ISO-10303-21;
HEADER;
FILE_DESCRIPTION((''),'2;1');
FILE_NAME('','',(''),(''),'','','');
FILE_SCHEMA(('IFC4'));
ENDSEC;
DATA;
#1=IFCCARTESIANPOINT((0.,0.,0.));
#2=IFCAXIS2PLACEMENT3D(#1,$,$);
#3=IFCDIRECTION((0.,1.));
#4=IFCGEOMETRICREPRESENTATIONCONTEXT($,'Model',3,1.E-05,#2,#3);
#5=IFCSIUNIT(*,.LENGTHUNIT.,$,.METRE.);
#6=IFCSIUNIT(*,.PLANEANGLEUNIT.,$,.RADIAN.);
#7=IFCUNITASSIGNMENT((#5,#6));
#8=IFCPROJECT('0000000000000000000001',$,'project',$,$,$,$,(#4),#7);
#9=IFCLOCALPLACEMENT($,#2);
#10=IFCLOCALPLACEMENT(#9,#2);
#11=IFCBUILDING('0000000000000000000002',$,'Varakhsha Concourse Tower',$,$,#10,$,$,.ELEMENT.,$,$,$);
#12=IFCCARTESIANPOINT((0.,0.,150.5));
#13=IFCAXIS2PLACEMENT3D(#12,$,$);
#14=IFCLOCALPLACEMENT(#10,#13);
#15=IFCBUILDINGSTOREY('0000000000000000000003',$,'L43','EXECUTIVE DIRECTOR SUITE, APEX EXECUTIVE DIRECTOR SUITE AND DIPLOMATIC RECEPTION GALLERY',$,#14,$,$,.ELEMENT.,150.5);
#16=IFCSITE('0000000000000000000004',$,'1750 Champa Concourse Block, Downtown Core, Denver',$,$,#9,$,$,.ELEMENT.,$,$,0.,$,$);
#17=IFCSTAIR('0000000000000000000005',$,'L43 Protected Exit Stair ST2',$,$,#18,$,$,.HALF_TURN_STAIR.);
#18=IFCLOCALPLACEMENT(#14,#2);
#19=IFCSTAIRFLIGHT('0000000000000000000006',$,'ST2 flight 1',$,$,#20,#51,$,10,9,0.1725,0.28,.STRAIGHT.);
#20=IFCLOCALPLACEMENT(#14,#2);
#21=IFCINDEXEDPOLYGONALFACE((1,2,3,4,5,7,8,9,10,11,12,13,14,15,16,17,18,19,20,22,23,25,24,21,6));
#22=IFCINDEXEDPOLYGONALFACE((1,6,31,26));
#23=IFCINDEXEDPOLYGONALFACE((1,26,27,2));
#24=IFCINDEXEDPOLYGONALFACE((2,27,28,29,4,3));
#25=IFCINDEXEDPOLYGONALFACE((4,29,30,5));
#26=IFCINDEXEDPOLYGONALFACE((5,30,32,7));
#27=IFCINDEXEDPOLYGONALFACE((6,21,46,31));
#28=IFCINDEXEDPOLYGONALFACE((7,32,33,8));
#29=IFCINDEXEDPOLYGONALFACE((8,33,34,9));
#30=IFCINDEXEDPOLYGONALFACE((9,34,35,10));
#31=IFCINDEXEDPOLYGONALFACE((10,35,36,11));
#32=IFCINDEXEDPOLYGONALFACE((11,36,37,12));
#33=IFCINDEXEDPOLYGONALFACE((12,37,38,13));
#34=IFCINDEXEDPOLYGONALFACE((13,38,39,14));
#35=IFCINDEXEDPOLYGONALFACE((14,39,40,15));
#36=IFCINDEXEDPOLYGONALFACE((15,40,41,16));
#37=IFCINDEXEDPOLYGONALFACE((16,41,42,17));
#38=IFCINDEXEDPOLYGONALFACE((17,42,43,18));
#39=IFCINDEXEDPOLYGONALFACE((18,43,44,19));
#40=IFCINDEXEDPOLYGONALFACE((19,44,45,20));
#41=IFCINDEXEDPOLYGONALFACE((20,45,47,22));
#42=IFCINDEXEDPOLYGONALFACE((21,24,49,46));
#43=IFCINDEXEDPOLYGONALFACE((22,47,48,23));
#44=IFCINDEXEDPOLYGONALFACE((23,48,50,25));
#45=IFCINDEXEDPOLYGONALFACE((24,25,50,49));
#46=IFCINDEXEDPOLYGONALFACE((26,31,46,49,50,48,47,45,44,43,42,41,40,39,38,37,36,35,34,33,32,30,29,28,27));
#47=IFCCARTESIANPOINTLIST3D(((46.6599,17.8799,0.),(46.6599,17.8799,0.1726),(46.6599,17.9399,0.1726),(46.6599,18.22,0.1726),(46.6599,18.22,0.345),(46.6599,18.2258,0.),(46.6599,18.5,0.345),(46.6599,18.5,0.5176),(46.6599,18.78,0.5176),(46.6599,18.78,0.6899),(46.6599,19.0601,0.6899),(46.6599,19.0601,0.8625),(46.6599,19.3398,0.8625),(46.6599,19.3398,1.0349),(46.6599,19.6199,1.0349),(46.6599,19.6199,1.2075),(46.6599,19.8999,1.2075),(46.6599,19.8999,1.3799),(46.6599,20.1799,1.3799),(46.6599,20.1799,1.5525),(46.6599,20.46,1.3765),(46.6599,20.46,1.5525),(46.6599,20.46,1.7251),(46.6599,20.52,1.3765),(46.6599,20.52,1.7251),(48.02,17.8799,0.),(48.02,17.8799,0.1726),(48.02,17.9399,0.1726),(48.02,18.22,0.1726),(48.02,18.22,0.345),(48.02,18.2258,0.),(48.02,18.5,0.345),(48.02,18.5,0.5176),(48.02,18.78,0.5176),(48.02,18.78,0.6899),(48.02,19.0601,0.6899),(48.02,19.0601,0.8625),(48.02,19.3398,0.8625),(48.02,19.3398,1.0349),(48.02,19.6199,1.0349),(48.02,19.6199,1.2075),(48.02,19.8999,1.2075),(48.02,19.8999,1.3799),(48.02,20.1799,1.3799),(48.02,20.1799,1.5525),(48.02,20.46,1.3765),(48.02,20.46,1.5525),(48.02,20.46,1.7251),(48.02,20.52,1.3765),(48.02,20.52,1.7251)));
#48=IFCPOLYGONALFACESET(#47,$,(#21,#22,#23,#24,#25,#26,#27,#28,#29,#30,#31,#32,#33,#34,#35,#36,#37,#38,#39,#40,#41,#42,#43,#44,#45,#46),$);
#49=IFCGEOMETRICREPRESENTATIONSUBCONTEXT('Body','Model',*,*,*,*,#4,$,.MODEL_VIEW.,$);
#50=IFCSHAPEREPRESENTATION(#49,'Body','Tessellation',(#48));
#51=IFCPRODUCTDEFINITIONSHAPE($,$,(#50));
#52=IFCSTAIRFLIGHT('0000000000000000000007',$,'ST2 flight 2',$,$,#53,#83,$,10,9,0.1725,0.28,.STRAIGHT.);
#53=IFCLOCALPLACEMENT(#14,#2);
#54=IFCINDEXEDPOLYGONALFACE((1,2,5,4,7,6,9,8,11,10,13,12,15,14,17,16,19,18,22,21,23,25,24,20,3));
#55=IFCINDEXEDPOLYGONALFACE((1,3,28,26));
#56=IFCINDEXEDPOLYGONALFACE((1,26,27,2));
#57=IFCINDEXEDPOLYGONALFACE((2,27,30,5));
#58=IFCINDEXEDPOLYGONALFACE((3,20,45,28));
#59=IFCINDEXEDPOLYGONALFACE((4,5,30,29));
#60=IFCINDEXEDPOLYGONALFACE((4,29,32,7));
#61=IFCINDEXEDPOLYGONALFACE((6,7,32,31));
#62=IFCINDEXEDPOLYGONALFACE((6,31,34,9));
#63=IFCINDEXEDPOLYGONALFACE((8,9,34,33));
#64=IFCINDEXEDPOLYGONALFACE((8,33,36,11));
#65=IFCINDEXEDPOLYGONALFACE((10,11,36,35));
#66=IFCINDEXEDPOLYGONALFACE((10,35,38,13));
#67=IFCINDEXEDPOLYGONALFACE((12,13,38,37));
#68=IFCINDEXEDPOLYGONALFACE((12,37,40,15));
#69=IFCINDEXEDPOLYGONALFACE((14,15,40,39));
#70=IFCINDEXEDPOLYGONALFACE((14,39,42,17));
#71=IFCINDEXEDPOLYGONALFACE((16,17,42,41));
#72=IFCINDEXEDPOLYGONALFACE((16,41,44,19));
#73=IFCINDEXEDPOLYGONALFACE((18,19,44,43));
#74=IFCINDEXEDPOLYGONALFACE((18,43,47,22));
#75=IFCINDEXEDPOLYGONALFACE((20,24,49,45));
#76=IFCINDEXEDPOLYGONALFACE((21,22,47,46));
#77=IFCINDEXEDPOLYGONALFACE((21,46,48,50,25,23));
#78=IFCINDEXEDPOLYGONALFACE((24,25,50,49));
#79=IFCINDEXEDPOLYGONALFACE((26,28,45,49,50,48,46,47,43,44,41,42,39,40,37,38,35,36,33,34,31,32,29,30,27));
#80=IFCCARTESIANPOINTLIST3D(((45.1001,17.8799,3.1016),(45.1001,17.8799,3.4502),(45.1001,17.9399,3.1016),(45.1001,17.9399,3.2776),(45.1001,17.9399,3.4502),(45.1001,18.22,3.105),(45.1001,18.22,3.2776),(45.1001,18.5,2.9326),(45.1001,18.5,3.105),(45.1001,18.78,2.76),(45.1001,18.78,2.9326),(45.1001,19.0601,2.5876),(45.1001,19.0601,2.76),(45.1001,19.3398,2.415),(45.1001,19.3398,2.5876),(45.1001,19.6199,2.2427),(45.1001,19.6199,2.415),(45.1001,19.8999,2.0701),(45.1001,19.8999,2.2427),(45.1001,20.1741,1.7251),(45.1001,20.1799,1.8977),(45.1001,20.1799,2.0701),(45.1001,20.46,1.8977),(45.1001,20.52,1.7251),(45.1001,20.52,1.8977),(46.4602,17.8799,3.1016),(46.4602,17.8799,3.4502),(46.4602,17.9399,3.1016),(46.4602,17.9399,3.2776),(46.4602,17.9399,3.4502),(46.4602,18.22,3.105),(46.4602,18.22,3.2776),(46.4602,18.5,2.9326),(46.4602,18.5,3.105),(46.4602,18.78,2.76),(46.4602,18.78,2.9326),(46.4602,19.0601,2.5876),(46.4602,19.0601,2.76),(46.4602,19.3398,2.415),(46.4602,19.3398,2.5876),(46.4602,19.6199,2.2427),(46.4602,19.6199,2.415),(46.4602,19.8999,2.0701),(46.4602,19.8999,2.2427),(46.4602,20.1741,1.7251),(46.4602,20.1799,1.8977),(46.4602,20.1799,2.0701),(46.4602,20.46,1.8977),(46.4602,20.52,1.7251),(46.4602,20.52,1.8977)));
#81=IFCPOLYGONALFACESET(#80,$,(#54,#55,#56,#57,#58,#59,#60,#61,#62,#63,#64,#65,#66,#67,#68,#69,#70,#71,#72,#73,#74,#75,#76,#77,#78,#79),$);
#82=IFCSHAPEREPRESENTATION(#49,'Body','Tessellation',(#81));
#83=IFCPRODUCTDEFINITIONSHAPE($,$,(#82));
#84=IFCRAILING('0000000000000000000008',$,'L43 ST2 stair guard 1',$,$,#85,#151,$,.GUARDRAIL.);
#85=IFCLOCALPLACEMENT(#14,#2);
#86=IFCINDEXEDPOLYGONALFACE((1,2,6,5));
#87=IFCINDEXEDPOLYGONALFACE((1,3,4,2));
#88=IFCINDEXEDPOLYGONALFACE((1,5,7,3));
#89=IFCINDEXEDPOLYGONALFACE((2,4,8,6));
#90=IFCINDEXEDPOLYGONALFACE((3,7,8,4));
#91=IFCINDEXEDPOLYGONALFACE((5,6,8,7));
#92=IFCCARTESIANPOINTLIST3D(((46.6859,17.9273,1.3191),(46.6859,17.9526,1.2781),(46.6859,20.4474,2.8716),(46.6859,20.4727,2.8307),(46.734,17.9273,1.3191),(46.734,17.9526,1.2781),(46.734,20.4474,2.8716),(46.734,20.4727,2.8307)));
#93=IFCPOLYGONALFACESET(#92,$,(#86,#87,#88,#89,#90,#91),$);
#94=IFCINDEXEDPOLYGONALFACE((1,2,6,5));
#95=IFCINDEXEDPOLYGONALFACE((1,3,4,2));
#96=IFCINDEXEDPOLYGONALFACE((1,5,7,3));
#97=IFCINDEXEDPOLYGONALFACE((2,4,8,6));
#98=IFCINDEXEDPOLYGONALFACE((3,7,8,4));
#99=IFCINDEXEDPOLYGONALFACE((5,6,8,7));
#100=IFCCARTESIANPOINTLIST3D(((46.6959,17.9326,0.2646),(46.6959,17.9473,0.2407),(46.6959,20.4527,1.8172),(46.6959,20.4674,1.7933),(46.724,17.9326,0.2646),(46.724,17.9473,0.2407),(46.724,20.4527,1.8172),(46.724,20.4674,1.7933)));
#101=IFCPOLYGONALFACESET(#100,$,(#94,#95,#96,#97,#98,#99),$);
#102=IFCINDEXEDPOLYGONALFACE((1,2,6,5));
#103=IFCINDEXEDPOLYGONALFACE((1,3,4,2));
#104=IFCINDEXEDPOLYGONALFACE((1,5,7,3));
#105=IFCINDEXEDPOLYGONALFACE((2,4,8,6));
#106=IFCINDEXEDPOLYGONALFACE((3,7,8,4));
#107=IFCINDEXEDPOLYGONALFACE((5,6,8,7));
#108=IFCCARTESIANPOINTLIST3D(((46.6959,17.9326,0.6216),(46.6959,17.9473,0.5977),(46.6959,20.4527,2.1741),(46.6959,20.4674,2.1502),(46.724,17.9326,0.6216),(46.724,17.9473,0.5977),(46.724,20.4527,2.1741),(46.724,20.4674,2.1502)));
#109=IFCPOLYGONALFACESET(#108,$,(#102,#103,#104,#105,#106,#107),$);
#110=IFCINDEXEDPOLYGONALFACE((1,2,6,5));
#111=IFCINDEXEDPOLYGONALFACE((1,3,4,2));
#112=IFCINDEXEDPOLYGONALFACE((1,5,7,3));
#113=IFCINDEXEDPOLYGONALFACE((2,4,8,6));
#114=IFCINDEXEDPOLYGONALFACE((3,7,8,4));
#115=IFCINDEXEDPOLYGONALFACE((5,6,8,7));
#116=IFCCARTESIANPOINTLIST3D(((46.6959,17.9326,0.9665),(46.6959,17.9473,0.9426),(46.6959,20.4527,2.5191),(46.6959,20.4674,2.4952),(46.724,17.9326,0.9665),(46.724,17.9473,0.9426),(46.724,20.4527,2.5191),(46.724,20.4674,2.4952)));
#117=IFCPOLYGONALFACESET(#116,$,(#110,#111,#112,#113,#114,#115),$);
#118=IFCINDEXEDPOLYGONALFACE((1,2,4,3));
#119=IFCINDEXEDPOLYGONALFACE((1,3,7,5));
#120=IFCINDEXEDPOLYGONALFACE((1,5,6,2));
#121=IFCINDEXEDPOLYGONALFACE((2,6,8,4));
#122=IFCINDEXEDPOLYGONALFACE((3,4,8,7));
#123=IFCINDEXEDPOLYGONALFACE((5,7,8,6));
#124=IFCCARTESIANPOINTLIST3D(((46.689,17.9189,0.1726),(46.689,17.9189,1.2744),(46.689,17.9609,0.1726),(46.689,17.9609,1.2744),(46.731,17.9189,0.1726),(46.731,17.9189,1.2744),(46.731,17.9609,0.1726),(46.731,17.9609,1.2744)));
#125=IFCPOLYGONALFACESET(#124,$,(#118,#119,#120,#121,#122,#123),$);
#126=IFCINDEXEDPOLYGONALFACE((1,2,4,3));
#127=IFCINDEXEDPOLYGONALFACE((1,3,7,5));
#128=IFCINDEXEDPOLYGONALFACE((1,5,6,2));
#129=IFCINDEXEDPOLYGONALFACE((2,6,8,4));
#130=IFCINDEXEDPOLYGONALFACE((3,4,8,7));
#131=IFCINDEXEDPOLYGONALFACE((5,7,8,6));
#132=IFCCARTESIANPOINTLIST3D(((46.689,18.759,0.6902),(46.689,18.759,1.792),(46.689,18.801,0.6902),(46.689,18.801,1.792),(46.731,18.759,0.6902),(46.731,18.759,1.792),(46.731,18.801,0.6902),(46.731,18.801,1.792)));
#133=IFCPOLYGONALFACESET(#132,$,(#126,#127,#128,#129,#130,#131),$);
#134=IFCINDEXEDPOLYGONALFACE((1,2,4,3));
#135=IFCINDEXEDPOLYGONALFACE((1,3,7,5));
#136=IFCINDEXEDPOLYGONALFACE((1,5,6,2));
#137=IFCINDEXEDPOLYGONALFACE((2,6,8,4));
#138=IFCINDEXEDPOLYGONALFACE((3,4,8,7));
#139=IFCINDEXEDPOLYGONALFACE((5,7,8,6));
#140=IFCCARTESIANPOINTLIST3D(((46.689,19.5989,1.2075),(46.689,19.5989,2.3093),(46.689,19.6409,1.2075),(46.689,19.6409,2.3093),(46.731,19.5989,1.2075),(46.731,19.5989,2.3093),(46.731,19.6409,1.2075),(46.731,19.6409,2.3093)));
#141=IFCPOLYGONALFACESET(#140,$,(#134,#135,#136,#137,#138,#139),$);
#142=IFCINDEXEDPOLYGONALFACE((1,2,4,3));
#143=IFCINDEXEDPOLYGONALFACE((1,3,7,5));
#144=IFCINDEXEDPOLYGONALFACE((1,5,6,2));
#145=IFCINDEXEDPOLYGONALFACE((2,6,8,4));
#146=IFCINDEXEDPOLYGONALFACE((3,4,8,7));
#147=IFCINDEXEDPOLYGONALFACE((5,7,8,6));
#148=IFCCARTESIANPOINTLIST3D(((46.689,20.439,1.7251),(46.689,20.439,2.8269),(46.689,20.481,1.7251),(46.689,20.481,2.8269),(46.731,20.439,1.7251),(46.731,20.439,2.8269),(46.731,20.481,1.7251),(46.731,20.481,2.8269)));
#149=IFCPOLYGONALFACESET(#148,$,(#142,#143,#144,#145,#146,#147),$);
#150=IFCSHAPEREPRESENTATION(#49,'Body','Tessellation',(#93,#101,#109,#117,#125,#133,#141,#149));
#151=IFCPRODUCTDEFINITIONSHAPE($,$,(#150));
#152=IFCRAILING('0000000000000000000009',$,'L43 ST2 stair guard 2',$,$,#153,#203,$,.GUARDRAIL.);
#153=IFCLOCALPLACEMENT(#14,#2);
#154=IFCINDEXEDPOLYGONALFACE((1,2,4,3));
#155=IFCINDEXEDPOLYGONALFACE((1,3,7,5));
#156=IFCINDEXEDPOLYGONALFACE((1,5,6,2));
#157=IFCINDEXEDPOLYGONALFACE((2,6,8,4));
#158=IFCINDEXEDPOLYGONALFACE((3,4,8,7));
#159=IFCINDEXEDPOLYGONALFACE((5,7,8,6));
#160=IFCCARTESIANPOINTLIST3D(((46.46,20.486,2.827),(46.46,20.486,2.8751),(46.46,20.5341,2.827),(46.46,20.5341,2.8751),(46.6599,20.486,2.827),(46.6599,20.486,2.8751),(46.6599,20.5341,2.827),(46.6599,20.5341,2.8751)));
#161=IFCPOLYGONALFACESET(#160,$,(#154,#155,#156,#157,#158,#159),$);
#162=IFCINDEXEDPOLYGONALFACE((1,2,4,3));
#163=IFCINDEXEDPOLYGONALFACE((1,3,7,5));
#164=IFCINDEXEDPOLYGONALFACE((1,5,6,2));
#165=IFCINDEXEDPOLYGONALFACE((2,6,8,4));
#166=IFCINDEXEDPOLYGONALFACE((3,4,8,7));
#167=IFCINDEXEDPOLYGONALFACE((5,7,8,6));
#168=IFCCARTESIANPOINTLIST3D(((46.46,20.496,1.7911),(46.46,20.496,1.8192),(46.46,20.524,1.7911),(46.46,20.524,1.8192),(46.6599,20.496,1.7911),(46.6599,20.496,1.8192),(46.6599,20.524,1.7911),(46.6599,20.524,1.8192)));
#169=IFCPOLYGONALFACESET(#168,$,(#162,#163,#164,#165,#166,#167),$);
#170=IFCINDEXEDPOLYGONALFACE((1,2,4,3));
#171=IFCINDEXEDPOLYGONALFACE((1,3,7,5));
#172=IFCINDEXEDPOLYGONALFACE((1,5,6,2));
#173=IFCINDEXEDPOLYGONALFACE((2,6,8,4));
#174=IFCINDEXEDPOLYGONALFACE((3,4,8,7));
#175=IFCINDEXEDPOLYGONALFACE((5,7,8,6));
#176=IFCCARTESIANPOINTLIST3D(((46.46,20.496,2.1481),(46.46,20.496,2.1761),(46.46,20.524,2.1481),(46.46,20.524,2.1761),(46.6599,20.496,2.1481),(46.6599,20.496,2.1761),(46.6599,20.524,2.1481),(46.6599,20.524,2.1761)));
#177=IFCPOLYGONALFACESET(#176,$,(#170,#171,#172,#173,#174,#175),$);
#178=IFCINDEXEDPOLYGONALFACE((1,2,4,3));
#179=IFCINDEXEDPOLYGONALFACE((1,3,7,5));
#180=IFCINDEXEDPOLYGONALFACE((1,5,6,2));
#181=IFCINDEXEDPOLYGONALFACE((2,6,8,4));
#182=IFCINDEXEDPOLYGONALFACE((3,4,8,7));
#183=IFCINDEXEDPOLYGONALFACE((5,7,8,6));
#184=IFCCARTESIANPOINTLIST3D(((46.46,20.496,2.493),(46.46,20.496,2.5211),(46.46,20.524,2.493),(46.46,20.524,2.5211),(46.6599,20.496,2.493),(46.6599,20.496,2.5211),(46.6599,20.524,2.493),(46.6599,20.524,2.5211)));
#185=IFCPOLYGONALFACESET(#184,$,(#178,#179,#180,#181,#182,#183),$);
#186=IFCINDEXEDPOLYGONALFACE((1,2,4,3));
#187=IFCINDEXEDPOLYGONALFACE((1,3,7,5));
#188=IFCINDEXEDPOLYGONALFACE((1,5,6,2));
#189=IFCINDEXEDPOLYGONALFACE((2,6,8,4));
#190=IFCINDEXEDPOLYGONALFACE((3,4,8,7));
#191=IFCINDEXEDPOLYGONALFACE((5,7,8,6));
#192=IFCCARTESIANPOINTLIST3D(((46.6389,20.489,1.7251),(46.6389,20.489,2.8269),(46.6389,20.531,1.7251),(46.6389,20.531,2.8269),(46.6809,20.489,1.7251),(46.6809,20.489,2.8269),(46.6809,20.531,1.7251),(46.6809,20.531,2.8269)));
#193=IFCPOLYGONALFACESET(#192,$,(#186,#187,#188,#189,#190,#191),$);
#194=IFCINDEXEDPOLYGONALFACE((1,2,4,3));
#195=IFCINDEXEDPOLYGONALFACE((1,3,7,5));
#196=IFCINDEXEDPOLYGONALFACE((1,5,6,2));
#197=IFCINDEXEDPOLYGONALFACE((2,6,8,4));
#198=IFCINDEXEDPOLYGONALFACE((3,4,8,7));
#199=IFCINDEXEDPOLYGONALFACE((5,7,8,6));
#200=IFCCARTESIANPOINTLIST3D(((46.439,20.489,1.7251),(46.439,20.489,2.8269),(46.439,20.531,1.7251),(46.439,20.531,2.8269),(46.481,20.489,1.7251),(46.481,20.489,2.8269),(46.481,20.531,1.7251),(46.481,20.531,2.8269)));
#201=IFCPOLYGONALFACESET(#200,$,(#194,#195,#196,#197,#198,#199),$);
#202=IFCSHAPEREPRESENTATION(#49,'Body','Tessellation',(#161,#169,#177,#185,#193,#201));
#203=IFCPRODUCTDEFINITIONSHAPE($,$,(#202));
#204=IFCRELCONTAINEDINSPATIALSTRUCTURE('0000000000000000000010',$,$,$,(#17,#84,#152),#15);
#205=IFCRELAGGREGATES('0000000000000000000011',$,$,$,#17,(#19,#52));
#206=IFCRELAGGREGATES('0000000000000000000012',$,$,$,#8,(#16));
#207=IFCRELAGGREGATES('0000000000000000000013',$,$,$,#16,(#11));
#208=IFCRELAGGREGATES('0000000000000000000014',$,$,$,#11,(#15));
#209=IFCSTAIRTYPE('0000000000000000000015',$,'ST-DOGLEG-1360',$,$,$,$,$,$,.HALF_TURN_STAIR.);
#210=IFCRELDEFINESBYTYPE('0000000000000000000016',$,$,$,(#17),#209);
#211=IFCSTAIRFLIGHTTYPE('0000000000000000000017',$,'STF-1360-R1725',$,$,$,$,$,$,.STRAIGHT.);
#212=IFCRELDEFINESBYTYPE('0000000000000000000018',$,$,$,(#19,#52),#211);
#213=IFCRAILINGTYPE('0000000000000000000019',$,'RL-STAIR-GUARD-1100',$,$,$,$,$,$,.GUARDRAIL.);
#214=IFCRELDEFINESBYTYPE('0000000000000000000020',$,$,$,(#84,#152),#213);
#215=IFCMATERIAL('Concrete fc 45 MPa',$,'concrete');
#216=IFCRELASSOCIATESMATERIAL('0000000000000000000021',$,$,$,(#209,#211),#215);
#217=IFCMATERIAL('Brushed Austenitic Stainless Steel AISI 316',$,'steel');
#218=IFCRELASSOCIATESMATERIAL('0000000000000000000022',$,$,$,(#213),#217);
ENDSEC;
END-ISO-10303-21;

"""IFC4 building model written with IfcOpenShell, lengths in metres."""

from ifc_helpers import new_model, si_unit, direction, frame, origin, origin_2d, place, context, subcontext, project, spatial, polyline, rectangle, outline, extrude, material, type_object, element, aggregate, save


model = new_model("IFC4")

# Units and contexts
model_context = context("Model", 3, precision=1e-05, world=origin(), true_north=direction((0.0, 1.0)))
body_context = subcontext(model_context, "Body", "Model", "MODEL_VIEW")
ifc_project = project(units=[si_unit("LENGTHUNIT", "METRE"), si_unit("PLANEANGLEUNIT", "RADIAN")], contexts=[model_context])

# Site, building, storey
site_placement = place(None, origin())
site = spatial("IfcSite", under=ifc_project, at=site_placement, Name="1750 Champa Concourse Block, Downtown Core, Denver", CompositionType="ELEMENT", RefElevation=0.0)
building_placement = place(site_placement, origin())
building = spatial("IfcBuilding", under=site, at=building_placement, Name="Varakhsha Concourse Tower", CompositionType="ELEMENT")
storey_placement = place(building_placement, frame((0.0, 0.0, 150.5)))
storey = spatial("IfcBuildingStorey", under=building, at=storey_placement, Name="L43", Description="EXECUTIVE DIRECTOR SUITE, APEX EXECUTIVE DIRECTOR SUITE AND DIPLOMATIC RECEPTION GALLERY", CompositionType="ELEMENT", Elevation=150.5)

# Stair, stair flights
ifc_material_1 = material(Name="Concrete fc 45 MPa", Category="concrete")
stair_type = type_object("IfcStairType", Name="ST-DOGLEG-1360", PredefinedType="HALF_TURN_STAIR", material=ifc_material_1)
stair_placement = place(storey_placement, origin())
stair = element("IfcStair", 1, at=stair_placement, inside=storey, type_object=stair_type, Name="L43 Protected Exit Stair ST2", PredefinedType="HALF_TURN_STAIR")
stair_flight_type = type_object("IfcStairFlightType", Name="STF-1360-R1725", PredefinedType="STRAIGHT", material=ifc_material_1)
stair_flight_1_placement = place(storey_placement, frame((47.3401, 17.9399, 0.0), z_axis=(0.0, 0.0, 1.0), x_axis=(0.0, 1.0, 0.0)))
stair_flight_1 = element("IfcStairFlight", 2, at=stair_flight_1_placement, type_object=stair_flight_type, Name="ST2 flight 1", NumberOfRisers=10, NumberOfTreads=9, PredefinedType="STRAIGHT", RiserHeight=0.1725, TreadLength=0.28, context=body_context, shape_type="SweptSolid", body=[
    extrude(outline(polyline([(-0.0601, 0.0), (-0.0601, 0.1726), (0.0, 0.1726), (0.28, 0.1726), (0.28, 0.345), (0.5601, 0.345), (0.5601, 0.5176), (0.8401, 0.5176), (0.8401, 0.6899), (1.1201, 0.6899), (1.1201, 0.8625), (1.3999, 0.8625), (1.3999, 1.0349), (1.6799, 1.0349), (1.6799, 1.2075), (1.96, 1.2075), (1.96, 1.3799), (2.24, 1.3799), (2.24, 1.5525), (2.52, 1.5525), (2.52, 1.7251), (2.5801, 1.7251), (2.5801, 1.3765), (2.52, 1.3765), (0.2859, 0.0), (-0.0601, 0.0)])), frame((0.0, 0.6802, 0.0), z_axis=(0.0, -1.0, 0.0), x_axis=(1.0, 0.0, 0.0)), (0.0, 0.0, 1.0), 1.3601),
])
stair_flight_2_placement = place(storey_placement, frame((45.78, 20.46, 1.7251), z_axis=(0.0, 0.0, 1.0), x_axis=(0.0, -1.0, 0.0)))
stair_flight_2 = element("IfcStairFlight", 3, at=stair_flight_2_placement, type_object=stair_flight_type, Name="ST2 flight 2", NumberOfRisers=10, NumberOfTreads=9, PredefinedType="STRAIGHT", RiserHeight=0.1725, TreadLength=0.28, context=body_context, shape_type="SweptSolid", body=[
    extrude(outline(polyline([(-0.0601, 0.0), (-0.0601, 0.1726), (0.0, 0.1726), (0.28, 0.1726), (0.28, 0.345), (0.5601, 0.345), (0.5601, 0.5176), (0.8401, 0.5176), (0.8401, 0.6899), (1.1201, 0.6899), (1.1201, 0.8625), (1.3999, 0.8625), (1.3999, 1.0349), (1.6799, 1.0349), (1.6799, 1.2075), (1.96, 1.2075), (1.96, 1.3799), (2.24, 1.3799), (2.24, 1.5525), (2.52, 1.5525), (2.52, 1.7251), (2.5801, 1.7251), (2.5801, 1.3765), (2.52, 1.3765), (0.2859, 0.0), (-0.0601, 0.0)])), frame((0.0, 0.6802, 0.0), z_axis=(0.0, -1.0, 0.0), x_axis=(1.0, 0.0, 0.0)), (0.0, 0.0, 1.0), 1.3601),
])
aggregate(stair, [stair_flight_1, stair_flight_2])

# Railings
ifc_material_2 = material(Name="Brushed Austenitic Stainless Steel AISI 316", Category="steel")
railing_type_1 = type_object("IfcRailingType", Name="RL-STAIR-GUARD-1100", PredefinedType="GUARDRAIL", material=ifc_material_2)
railing_1_placement = place(storey_placement, frame((46.71, 17.9399, 0.1726)))
element("IfcRailing", 4, at=railing_1_placement, inside=storey, type_object=railing_type_1, Name="L43 ST2 stair guard 1", PredefinedType="GUARDRAIL", context=body_context, shape_type="SweptSolid", body=[
    extrude(rectangle(XDim=0.0481, YDim=0.0481, at=origin_2d()), frame((0.0, 0.0, 1.126), z_axis=(0.0, 0.8514, 0.524516), x_axis=(-1.0, 0.0, 0.0)), (0.0, 0.0, 1.0), 2.96),
    extrude(rectangle(XDim=0.0281, YDim=0.0281, at=origin_2d()), frame((0.0, 0.0, 0.0801), z_axis=(0.0, 0.8514, 0.524516), x_axis=(-1.0, 0.0, 0.0)), (0.0, 0.0, 1.0), 2.96),
    extrude(rectangle(XDim=0.0281, YDim=0.0281, at=origin_2d()), frame((0.0, 0.0, 0.437), z_axis=(0.0, 0.8514, 0.524516), x_axis=(-1.0, 0.0, 0.0)), (0.0, 0.0, 1.0), 2.96),
    extrude(rectangle(XDim=0.0281, YDim=0.0281, at=origin_2d()), frame((0.0, 0.0, 0.782), z_axis=(0.0, 0.8514, 0.524516), x_axis=(-1.0, 0.0, 0.0)), (0.0, 0.0, 1.0), 2.96),
    extrude(rectangle(XDim=0.042, YDim=0.042, at=origin_2d()), origin(), (0.0, 0.0, 1.0), 1.1018),
    extrude(rectangle(XDim=0.042, YDim=0.042, at=origin_2d()), frame((0.0, 0.8401, 0.5176)), (0.0, 0.0, 1.0), 1.1018),
    extrude(rectangle(XDim=0.042, YDim=0.042, at=origin_2d()), frame((0.0, 1.6799, 1.0349)), (0.0, 0.0, 1.0), 1.1018),
    extrude(rectangle(XDim=0.042, YDim=0.042, at=origin_2d()), frame((0.0, 2.52, 1.5525)), (0.0, 0.0, 1.0), 1.1018),
])
railing_2_placement = place(storey_placement, frame((46.6599, 20.51, 1.7251)))
element("IfcRailing", 5, at=railing_2_placement, inside=storey, type_object=railing_type_1, Name="L43 ST2 stair guard 2", PredefinedType="GUARDRAIL", context=body_context, shape_type="SweptSolid", body=[
    extrude(rectangle(XDim=0.0481, YDim=0.0481, at=origin_2d()), frame((0.0, 0.0, 1.126), z_axis=(-1.0, 0.0, 0.0), x_axis=(0.0, -1.0, 0.0)), (0.0, 0.0, 1.0), 0.2),
    extrude(rectangle(XDim=0.0281, YDim=0.0281, at=origin_2d()), frame((0.0, 0.0, 0.0801), z_axis=(-1.0, 0.0, 0.0), x_axis=(0.0, -1.0, 0.0)), (0.0, 0.0, 1.0), 0.2),
    extrude(rectangle(XDim=0.0281, YDim=0.0281, at=origin_2d()), frame((0.0, 0.0, 0.437), z_axis=(-1.0, 0.0, 0.0), x_axis=(0.0, -1.0, 0.0)), (0.0, 0.0, 1.0), 0.2),
    extrude(rectangle(XDim=0.0281, YDim=0.0281, at=origin_2d()), frame((0.0, 0.0, 0.782), z_axis=(-1.0, 0.0, 0.0), x_axis=(0.0, -1.0, 0.0)), (0.0, 0.0, 1.0), 0.2),
    extrude(rectangle(XDim=0.042, YDim=0.042, at=origin_2d()), origin(), (0.0, 0.0, 1.0), 1.1018),
    extrude(rectangle(XDim=0.042, YDim=0.042, at=origin_2d()), frame((-0.2, 0.0, 0.0)), (0.0, 0.0, 1.0), 1.1018),
])

save(model, "model.ifc")
